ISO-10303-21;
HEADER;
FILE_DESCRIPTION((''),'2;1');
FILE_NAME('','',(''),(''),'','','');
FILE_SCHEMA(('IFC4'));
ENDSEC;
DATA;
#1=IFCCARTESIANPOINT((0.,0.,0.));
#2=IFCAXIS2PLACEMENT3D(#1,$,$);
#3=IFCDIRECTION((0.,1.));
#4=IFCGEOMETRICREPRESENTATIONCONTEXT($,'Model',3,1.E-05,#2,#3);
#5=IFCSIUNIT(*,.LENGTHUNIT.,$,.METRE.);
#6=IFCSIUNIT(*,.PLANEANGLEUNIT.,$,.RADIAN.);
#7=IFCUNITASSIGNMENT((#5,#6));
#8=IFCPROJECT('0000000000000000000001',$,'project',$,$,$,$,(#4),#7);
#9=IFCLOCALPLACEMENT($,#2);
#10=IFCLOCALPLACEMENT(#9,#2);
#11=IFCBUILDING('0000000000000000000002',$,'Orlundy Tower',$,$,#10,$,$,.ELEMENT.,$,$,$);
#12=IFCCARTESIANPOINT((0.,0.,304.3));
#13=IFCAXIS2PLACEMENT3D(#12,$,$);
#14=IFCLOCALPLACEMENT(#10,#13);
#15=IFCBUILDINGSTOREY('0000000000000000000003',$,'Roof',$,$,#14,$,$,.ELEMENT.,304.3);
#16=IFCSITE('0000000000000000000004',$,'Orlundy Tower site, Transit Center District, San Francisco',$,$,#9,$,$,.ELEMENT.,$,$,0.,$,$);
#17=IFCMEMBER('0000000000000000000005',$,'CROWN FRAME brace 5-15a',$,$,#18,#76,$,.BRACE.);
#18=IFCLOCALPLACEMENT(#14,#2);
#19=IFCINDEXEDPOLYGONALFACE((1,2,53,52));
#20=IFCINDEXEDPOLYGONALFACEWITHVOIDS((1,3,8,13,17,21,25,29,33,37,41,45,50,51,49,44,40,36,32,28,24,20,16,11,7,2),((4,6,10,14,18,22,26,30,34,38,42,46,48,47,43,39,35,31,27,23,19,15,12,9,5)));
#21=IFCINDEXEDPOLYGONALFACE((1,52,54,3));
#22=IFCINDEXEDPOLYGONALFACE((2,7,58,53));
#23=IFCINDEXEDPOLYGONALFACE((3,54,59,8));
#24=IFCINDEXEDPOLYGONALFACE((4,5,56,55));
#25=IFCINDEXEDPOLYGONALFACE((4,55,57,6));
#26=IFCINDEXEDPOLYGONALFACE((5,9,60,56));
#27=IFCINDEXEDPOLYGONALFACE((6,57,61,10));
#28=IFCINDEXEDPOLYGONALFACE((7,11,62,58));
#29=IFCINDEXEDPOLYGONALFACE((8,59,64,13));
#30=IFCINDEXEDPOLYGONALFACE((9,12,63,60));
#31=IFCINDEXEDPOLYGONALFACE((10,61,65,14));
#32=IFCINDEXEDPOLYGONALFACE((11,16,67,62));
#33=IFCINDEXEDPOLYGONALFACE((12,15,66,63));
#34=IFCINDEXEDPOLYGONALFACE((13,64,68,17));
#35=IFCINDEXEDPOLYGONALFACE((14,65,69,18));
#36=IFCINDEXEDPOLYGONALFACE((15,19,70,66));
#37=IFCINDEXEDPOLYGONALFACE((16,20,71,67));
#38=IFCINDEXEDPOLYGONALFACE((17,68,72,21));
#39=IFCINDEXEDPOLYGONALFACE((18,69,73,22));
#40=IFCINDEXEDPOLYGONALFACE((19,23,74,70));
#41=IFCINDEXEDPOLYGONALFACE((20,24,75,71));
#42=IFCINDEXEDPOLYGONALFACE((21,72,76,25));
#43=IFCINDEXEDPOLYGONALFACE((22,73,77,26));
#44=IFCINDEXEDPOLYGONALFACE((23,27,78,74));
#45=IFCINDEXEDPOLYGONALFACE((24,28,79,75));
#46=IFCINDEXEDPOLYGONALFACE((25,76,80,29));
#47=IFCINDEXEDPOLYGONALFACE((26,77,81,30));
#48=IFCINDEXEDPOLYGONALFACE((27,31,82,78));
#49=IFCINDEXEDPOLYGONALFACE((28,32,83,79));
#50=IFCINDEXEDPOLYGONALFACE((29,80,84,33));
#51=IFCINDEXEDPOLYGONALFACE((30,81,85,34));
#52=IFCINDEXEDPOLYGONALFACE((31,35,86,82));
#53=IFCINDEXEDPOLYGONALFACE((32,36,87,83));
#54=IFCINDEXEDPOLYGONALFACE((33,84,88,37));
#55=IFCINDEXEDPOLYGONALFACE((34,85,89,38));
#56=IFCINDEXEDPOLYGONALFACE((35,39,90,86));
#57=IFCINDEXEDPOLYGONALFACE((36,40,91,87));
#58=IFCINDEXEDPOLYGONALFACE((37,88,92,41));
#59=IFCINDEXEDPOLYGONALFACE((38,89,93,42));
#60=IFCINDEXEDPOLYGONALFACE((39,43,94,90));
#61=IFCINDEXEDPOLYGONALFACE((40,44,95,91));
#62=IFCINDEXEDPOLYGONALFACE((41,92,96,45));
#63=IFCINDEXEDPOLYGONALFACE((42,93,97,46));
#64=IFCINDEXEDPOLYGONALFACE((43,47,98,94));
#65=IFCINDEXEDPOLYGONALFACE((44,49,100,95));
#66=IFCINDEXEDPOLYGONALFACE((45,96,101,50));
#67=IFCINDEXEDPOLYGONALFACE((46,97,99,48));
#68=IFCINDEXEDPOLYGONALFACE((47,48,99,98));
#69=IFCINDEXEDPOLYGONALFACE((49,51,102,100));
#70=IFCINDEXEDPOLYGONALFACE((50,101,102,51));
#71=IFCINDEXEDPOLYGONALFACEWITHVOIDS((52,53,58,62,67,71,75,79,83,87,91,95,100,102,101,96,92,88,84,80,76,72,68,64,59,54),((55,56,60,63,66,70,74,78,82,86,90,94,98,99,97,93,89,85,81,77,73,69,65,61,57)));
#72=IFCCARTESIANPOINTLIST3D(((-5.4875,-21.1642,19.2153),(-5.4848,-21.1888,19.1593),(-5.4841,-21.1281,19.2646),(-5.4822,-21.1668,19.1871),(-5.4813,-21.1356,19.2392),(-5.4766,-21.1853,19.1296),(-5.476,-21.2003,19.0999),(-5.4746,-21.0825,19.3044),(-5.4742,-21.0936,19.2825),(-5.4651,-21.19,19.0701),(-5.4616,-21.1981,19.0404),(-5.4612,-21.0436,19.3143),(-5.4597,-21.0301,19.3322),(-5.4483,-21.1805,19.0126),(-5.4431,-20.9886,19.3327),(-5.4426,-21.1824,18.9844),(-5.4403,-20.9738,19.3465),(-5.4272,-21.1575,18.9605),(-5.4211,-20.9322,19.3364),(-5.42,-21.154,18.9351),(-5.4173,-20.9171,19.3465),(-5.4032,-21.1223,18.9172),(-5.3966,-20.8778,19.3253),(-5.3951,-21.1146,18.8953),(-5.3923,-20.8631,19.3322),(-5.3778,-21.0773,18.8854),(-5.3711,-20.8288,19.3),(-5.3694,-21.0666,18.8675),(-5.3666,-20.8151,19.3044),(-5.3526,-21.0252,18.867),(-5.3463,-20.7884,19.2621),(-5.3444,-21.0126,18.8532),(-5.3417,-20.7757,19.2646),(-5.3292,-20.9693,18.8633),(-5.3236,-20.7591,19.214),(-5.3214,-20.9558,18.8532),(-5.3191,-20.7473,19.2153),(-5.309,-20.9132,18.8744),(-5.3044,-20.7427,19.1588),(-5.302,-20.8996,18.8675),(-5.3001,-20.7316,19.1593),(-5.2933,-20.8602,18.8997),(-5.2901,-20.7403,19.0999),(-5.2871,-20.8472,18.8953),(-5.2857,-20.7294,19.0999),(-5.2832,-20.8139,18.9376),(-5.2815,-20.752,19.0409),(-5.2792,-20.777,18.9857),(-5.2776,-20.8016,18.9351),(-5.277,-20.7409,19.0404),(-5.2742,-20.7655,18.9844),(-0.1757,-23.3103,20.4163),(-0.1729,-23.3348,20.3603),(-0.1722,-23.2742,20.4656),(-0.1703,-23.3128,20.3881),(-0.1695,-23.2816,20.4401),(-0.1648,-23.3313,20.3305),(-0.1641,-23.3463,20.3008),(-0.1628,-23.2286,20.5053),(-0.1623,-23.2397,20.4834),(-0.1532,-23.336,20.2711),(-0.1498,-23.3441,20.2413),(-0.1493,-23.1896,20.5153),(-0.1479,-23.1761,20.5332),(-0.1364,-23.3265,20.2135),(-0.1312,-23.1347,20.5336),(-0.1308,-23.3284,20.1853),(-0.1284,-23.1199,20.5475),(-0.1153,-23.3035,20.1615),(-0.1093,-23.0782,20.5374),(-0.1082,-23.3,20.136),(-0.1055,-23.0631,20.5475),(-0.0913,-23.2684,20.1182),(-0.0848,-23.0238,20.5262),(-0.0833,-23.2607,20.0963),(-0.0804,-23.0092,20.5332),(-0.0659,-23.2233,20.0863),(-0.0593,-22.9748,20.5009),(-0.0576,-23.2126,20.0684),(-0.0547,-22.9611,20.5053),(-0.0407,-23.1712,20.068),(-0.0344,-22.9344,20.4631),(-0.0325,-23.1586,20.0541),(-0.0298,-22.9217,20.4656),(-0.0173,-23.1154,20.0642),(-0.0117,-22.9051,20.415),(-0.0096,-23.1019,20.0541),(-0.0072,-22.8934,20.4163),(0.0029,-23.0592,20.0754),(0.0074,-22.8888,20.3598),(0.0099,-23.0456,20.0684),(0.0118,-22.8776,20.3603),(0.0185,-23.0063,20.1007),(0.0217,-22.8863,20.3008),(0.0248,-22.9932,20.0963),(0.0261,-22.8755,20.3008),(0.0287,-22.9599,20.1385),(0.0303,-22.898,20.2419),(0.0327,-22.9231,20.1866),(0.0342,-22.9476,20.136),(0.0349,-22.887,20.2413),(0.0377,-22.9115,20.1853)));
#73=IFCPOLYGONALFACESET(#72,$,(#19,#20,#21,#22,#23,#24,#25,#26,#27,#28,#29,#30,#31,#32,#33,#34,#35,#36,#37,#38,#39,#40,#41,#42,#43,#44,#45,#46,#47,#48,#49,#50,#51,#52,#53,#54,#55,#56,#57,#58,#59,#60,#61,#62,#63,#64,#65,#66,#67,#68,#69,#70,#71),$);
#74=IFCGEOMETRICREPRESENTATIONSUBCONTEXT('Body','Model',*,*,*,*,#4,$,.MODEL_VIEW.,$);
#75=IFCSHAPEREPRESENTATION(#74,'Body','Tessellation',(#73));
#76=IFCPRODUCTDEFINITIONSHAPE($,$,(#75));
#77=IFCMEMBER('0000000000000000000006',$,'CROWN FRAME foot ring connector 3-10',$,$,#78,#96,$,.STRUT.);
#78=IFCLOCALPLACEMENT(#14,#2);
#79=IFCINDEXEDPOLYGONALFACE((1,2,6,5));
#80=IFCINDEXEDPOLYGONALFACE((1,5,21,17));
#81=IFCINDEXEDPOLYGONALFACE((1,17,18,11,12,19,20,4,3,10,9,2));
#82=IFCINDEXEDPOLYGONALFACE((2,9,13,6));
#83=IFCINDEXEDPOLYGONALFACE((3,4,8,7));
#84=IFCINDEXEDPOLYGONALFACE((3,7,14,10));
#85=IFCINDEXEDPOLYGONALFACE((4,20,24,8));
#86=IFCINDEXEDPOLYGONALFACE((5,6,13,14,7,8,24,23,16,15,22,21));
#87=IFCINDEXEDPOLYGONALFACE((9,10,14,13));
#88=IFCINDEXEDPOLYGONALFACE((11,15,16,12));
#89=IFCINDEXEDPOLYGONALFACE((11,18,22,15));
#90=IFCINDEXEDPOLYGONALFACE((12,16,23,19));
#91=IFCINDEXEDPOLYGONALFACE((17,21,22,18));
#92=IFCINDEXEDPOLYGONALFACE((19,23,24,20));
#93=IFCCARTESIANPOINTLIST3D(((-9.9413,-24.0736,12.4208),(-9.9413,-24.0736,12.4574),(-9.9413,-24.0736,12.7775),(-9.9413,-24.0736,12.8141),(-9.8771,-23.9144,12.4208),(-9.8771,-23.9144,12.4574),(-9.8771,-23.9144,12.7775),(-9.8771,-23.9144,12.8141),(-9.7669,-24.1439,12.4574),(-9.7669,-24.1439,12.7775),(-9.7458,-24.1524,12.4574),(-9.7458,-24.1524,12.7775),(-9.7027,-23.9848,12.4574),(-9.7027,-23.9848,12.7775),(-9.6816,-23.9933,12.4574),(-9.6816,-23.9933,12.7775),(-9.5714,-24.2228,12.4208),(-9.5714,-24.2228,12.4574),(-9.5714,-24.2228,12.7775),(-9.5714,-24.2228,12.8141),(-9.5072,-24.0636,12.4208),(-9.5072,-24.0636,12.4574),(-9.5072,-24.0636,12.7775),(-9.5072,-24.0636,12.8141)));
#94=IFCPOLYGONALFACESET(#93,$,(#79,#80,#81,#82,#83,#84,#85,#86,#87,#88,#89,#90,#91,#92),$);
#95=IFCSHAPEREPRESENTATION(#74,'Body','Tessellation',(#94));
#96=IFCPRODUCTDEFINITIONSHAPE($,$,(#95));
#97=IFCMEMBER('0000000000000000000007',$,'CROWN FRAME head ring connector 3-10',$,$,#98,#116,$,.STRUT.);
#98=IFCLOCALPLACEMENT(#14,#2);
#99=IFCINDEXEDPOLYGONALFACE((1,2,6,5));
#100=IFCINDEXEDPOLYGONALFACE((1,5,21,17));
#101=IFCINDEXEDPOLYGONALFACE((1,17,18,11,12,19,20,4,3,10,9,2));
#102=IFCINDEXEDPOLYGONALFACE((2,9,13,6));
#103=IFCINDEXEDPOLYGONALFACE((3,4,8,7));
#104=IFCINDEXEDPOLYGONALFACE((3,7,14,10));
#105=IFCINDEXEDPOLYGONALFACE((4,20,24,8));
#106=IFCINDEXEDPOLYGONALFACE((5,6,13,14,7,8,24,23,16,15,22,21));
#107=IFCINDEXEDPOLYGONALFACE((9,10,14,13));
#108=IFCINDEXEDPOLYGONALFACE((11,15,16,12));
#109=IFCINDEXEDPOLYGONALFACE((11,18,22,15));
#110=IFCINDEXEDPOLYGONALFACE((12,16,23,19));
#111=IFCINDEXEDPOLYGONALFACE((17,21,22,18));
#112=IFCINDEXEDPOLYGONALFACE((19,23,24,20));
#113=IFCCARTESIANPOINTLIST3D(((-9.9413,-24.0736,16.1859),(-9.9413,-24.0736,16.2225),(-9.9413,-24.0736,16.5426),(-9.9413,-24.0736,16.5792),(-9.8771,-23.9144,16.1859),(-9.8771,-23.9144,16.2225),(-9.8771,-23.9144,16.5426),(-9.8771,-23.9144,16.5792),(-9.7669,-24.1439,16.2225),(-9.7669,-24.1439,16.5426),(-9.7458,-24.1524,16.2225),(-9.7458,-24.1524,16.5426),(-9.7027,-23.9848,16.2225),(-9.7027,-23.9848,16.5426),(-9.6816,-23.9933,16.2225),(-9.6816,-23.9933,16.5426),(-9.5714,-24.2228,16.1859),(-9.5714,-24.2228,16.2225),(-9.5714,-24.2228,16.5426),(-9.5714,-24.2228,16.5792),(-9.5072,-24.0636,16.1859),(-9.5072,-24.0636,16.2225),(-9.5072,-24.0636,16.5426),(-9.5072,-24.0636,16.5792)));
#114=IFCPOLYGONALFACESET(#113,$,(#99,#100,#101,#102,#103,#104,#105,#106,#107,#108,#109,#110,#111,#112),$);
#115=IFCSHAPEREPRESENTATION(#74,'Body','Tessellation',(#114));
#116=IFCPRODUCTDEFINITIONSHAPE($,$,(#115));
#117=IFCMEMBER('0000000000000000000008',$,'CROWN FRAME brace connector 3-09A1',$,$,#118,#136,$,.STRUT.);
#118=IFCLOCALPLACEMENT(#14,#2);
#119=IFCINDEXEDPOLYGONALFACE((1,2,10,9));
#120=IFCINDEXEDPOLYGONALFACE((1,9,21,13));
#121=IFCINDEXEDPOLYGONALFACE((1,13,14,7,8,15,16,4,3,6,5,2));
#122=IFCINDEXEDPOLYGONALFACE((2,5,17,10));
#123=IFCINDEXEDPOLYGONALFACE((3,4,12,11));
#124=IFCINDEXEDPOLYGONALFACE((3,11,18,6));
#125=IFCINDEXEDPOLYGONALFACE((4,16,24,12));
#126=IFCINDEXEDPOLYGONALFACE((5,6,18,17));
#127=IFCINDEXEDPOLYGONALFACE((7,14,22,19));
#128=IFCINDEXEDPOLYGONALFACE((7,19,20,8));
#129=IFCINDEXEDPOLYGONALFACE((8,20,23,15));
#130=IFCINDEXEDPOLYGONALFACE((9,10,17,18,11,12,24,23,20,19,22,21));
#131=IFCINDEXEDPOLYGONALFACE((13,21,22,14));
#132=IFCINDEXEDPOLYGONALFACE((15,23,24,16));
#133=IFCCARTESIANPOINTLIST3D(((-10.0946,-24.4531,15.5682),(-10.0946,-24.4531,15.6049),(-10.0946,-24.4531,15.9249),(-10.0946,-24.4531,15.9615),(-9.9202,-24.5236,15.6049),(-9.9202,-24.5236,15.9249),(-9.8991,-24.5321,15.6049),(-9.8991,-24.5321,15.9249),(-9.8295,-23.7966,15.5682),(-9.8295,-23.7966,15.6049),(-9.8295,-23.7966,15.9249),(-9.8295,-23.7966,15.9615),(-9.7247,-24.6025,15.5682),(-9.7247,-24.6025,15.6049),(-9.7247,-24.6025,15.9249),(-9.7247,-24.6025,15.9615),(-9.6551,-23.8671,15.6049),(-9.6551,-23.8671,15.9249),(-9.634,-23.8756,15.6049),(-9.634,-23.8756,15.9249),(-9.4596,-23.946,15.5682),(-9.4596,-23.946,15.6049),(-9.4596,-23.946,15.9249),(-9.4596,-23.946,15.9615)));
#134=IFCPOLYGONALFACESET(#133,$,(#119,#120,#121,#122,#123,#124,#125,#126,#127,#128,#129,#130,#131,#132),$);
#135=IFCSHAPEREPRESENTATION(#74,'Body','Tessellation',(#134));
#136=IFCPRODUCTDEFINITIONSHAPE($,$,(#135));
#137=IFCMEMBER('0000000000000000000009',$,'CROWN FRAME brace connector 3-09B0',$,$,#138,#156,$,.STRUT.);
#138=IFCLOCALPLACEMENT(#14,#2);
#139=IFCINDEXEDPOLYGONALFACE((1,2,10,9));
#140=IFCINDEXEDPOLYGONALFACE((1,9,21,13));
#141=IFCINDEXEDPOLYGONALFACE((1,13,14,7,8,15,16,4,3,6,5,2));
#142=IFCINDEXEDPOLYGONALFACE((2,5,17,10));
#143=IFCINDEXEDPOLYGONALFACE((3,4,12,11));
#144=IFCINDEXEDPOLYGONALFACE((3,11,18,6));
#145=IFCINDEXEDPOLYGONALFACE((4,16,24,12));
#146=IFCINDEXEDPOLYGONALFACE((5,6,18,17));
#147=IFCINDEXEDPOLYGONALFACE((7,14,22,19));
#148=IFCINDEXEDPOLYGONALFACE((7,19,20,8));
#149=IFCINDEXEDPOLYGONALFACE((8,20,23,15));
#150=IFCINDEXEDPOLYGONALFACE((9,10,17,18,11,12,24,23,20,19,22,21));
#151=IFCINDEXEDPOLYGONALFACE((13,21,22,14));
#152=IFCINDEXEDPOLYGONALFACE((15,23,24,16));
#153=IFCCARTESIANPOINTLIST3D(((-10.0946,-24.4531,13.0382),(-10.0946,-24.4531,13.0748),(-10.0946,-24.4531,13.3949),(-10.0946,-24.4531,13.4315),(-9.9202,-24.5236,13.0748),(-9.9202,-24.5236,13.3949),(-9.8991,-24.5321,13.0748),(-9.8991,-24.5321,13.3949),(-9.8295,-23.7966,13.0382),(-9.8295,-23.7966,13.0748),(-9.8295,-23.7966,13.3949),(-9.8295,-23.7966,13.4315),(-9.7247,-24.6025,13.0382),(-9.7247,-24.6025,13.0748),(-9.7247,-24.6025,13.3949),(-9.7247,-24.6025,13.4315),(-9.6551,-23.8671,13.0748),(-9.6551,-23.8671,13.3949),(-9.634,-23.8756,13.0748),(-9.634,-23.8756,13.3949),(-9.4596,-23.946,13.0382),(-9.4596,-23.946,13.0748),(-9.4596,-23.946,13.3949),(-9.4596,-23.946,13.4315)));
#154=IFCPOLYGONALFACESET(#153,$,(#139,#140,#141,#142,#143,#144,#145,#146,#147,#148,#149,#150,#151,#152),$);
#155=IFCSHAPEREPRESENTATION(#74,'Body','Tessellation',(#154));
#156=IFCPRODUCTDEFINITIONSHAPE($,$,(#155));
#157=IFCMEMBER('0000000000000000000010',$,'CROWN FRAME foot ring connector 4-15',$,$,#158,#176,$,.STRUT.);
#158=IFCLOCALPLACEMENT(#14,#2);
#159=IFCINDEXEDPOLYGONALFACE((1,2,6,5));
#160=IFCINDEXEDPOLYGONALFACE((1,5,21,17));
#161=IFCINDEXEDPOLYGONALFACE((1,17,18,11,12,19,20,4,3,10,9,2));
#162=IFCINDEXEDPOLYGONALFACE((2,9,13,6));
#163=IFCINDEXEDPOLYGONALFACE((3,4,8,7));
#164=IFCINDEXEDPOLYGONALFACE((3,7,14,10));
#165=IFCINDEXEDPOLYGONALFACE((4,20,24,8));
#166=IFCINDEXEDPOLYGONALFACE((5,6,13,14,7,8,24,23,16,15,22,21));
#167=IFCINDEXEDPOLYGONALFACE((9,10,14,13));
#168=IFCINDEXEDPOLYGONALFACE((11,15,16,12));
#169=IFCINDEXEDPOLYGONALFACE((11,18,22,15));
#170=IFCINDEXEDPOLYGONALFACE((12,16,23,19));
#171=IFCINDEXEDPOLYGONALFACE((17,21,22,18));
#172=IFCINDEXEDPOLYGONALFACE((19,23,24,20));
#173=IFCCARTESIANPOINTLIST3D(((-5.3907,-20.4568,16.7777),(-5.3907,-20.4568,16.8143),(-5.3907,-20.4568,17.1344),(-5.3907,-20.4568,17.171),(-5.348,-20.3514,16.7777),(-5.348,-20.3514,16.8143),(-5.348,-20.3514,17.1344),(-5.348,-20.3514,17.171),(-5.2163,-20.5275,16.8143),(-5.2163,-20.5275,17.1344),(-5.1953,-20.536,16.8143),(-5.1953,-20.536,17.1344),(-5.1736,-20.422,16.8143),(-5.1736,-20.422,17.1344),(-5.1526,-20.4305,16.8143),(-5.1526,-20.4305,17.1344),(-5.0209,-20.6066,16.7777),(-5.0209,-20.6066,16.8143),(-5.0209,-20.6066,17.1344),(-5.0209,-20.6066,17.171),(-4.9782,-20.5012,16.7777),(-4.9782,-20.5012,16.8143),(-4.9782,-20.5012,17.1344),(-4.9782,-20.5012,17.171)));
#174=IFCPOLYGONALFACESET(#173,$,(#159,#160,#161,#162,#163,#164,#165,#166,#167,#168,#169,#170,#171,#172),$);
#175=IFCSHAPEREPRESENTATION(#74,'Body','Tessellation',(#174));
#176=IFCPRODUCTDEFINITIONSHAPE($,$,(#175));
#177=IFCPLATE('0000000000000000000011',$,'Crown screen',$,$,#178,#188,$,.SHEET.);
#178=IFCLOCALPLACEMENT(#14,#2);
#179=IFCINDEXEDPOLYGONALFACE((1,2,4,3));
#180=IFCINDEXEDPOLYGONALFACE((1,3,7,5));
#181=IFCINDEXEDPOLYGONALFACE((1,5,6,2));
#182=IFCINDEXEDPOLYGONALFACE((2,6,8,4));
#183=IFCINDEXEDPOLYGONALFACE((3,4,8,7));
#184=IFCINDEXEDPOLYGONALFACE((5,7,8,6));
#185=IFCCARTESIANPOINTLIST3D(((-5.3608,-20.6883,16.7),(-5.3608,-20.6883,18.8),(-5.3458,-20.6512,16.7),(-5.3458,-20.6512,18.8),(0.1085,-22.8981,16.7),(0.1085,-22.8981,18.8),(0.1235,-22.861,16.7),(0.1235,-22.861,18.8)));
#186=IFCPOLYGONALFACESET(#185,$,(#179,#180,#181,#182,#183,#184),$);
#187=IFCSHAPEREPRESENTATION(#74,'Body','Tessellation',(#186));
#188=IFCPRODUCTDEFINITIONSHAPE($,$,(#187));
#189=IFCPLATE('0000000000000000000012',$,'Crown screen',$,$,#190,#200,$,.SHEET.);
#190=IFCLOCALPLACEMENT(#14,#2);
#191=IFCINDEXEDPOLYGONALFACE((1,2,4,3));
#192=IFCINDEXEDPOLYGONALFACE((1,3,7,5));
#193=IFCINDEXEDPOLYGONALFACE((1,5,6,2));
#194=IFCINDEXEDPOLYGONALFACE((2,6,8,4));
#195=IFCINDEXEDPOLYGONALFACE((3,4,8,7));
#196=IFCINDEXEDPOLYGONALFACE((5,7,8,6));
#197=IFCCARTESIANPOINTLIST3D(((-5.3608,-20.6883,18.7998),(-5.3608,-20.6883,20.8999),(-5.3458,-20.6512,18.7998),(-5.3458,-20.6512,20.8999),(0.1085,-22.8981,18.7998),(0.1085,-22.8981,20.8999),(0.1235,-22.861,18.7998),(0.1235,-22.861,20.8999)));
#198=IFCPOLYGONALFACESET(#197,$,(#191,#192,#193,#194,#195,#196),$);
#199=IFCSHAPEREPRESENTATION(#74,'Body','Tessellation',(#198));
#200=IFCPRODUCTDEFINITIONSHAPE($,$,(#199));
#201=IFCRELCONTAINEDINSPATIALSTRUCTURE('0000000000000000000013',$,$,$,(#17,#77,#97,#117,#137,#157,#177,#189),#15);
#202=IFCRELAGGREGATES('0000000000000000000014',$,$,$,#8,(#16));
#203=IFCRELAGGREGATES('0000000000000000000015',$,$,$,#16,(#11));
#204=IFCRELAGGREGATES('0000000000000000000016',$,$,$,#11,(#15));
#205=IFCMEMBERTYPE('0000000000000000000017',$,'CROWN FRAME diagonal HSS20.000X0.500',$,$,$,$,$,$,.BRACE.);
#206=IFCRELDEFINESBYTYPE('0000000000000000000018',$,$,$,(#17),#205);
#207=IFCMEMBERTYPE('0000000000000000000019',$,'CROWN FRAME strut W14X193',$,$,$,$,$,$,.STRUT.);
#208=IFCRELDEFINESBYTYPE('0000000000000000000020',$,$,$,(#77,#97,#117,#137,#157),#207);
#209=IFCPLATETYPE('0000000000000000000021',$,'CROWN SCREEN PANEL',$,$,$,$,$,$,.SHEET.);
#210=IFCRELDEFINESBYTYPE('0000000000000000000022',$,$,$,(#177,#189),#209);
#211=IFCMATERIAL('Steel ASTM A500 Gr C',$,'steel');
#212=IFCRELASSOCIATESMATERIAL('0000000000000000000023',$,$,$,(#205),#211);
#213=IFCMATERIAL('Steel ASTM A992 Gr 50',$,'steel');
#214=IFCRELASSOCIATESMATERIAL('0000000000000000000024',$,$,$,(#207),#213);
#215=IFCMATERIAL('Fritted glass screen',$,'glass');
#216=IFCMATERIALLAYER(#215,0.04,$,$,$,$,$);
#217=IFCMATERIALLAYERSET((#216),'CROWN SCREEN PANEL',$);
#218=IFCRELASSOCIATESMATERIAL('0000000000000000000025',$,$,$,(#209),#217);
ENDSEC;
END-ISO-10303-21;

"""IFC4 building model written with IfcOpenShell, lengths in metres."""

from ifc_helpers import new_model, si_unit, direction, frame, origin, origin_2d, place, context, subcontext, project, spatial, rectangle, hollow_circle, i_section, extrude, material, layer, layer_set, material_profile, profile_set, type_object, element, save


model = new_model("IFC4")

# Units and contexts
model_context = context("Model", 3, precision=1e-05, world=origin(), true_north=direction((0.0, 1.0)))
body_context = subcontext(model_context, "Body", "Model", "MODEL_VIEW")
ifc_project = project(units=[si_unit("LENGTHUNIT", "METRE"), si_unit("PLANEANGLEUNIT", "RADIAN")], contexts=[model_context])

# Site, building, storey
site_placement = place(None, origin())
site = spatial("IfcSite", under=ifc_project, at=site_placement, Name="Orlundy Tower site, Transit Center District, San Francisco", CompositionType="ELEMENT", RefElevation=0.0)
building_placement = place(site_placement, origin())
building = spatial("IfcBuilding", under=site, at=building_placement, Name="Orlundy Tower", CompositionType="ELEMENT")
storey_placement = place(building_placement, frame((0.0, 0.0, 304.3)))
storey = spatial("IfcBuildingStorey", under=building, at=storey_placement, Name="Roof", CompositionType="ELEMENT", Elevation=304.3)

# Members
ifc_material_1 = material(Name="Steel ASTM A500 Gr C", Category="steel")
ifc_material_profile_1 = material_profile(ifc_material_1, hollow_circle(Radius=0.2539, WallThickness=0.0117, at=origin_2d()), Name="HSS20.000X0.500")
ifc_profile_set_1 = profile_set([ifc_material_profile_1], Name="Steel ASTM A500 Gr C")
member_type_1 = type_object("IfcMemberType", Name="CROWN FRAME diagonal HSS20.000X0.500", PredefinedType="BRACE", material=ifc_profile_set_1)
for number, where, z_axis, x_axis, name in (
    (1, (-5.3809, -20.9648, 19.0999), (0.907466, -0.366623, 0.205167), (0.374592, 0.92719, 0.0), "CROWN FRAME brace 5-15a"),
):
    element("IfcMember", number, at=place(storey_placement, frame(where, z_axis=z_axis, x_axis=x_axis)), inside=storey, type_object=member_type_1, Name=name, PredefinedType="BRACE", context=body_context, shape_type="SweptSolid", body=[
        extrude(hollow_circle(Radius=0.2539, WallThickness=0.0117, at=origin_2d()), origin(), (0.0, 0.0, 1.0), 5.8535),
    ])
ifc_material_2 = material(Name="Steel ASTM A992 Gr 50", Category="steel")
ifc_material_profile_2 = material_profile(ifc_material_2, i_section(OverallWidth=0.3989, OverallDepth=0.3933, WebThickness=0.0227, FlangeThickness=0.0366, at=origin_2d()), Name="W14X193")
ifc_profile_set_2 = profile_set([ifc_material_profile_2], Name="Steel ASTM A992 Gr 50")
member_type_2 = type_object("IfcMemberType", Name="CROWN FRAME strut W14X193", PredefinedType="STRUT", material=ifc_profile_set_2)
for number, where, z_axis, x_axis, name in (
    (2, (-9.6921, -23.989, 12.6174), (-0.374087, -0.927394, 0.0), (0.927394, -0.374087, 0.0), "CROWN FRAME foot ring connector 3-10"),
    (3, (-9.6921, -23.989, 16.3826), (-0.374087, -0.927394, 0.0), (0.927394, -0.374087, 0.0), "CROWN FRAME head ring connector 3-10"),
):
    element("IfcMember", number, at=place(storey_placement, frame(where, z_axis=z_axis, x_axis=x_axis)), inside=storey, type_object=member_type_2, Name=name, PredefinedType="STRUT", context=body_context, shape_type="SweptSolid", body=[
        extrude(i_section(OverallWidth=0.3989, OverallDepth=0.3933, WebThickness=0.0227, FlangeThickness=0.0366, at=origin_2d()), origin(), (0.0, 0.0, 1.0), 0.1716),
    ])
for number, where, z_axis, x_axis, name in (
    (4, (-9.6445, -23.8713, 15.7649), (-0.37448, -0.927235, 0.0), (0.927235, -0.37448, 0.0), "CROWN FRAME brace connector 3-09A1"),
    (5, (-9.6445, -23.8713, 13.2349), (-0.37448, -0.927235, 0.0), (0.927235, -0.37448, 0.0), "CROWN FRAME brace connector 3-09B0"),
):
    element("IfcMember", number, at=place(storey_placement, frame(where, z_axis=z_axis, x_axis=x_axis)), inside=storey, type_object=member_type_2, Name=name, PredefinedType="STRUT", context=body_context, shape_type="SweptSolid", body=[
        extrude(i_section(OverallWidth=0.3989, OverallDepth=0.3933, WebThickness=0.0227, FlangeThickness=0.0366, at=origin_2d()), origin(), (0.0, 0.0, 1.0), 0.708),
    ])
member_1_placement = place(storey_placement, frame((-5.1631, -20.4263, 16.9744), z_axis=(-0.375456, -0.92684, 0.0), x_axis=(0.92684, -0.375456, 0.0)))
element("IfcMember", 6, at=member_1_placement, inside=storey, type_object=member_type_2, Name="CROWN FRAME foot ring connector 4-15", PredefinedType="STRUT", context=body_context, shape_type="SweptSolid", body=[
    extrude(i_section(OverallWidth=0.3989, OverallDepth=0.3933, WebThickness=0.0227, FlangeThickness=0.0366, at=origin_2d()), origin(), (0.0, 0.0, 1.0), 0.1138),
])

# Plates
ifc_material_3 = material(Name="Fritted glass screen", Category="glass")
ifc_layer = layer(ifc_material_3, 0.04)
ifc_layer_set = layer_set([ifc_layer], Name="CROWN SCREEN PANEL")
plate_type = type_object("IfcPlateType", Name="CROWN SCREEN PANEL", PredefinedType="SHEET", material=ifc_layer_set)
for number, where, z_axis, x_axis, name in (
    (7, (-2.6187, -21.7747, 16.7), (0.0, 0.0, 1.0), (0.927182, -0.374612, 0.0), "Crown screen"),
    (8, (-2.6187, -21.7747, 18.7998), (0.0, 0.0, 1.0), (0.927182, -0.374612, 0.0), "Crown screen"),
):
    element("IfcPlate", number, at=place(storey_placement, frame(where, z_axis=z_axis, x_axis=x_axis)), inside=storey, type_object=plate_type, Name=name, PredefinedType="SHEET", context=body_context, shape_type="SweptSolid", body=[
        extrude(rectangle(XDim=5.8989, YDim=0.04, at=origin_2d()), origin(), (0.0, 0.0, 1.0), 2.1001),
    ])

save(model, "model.ifc")
